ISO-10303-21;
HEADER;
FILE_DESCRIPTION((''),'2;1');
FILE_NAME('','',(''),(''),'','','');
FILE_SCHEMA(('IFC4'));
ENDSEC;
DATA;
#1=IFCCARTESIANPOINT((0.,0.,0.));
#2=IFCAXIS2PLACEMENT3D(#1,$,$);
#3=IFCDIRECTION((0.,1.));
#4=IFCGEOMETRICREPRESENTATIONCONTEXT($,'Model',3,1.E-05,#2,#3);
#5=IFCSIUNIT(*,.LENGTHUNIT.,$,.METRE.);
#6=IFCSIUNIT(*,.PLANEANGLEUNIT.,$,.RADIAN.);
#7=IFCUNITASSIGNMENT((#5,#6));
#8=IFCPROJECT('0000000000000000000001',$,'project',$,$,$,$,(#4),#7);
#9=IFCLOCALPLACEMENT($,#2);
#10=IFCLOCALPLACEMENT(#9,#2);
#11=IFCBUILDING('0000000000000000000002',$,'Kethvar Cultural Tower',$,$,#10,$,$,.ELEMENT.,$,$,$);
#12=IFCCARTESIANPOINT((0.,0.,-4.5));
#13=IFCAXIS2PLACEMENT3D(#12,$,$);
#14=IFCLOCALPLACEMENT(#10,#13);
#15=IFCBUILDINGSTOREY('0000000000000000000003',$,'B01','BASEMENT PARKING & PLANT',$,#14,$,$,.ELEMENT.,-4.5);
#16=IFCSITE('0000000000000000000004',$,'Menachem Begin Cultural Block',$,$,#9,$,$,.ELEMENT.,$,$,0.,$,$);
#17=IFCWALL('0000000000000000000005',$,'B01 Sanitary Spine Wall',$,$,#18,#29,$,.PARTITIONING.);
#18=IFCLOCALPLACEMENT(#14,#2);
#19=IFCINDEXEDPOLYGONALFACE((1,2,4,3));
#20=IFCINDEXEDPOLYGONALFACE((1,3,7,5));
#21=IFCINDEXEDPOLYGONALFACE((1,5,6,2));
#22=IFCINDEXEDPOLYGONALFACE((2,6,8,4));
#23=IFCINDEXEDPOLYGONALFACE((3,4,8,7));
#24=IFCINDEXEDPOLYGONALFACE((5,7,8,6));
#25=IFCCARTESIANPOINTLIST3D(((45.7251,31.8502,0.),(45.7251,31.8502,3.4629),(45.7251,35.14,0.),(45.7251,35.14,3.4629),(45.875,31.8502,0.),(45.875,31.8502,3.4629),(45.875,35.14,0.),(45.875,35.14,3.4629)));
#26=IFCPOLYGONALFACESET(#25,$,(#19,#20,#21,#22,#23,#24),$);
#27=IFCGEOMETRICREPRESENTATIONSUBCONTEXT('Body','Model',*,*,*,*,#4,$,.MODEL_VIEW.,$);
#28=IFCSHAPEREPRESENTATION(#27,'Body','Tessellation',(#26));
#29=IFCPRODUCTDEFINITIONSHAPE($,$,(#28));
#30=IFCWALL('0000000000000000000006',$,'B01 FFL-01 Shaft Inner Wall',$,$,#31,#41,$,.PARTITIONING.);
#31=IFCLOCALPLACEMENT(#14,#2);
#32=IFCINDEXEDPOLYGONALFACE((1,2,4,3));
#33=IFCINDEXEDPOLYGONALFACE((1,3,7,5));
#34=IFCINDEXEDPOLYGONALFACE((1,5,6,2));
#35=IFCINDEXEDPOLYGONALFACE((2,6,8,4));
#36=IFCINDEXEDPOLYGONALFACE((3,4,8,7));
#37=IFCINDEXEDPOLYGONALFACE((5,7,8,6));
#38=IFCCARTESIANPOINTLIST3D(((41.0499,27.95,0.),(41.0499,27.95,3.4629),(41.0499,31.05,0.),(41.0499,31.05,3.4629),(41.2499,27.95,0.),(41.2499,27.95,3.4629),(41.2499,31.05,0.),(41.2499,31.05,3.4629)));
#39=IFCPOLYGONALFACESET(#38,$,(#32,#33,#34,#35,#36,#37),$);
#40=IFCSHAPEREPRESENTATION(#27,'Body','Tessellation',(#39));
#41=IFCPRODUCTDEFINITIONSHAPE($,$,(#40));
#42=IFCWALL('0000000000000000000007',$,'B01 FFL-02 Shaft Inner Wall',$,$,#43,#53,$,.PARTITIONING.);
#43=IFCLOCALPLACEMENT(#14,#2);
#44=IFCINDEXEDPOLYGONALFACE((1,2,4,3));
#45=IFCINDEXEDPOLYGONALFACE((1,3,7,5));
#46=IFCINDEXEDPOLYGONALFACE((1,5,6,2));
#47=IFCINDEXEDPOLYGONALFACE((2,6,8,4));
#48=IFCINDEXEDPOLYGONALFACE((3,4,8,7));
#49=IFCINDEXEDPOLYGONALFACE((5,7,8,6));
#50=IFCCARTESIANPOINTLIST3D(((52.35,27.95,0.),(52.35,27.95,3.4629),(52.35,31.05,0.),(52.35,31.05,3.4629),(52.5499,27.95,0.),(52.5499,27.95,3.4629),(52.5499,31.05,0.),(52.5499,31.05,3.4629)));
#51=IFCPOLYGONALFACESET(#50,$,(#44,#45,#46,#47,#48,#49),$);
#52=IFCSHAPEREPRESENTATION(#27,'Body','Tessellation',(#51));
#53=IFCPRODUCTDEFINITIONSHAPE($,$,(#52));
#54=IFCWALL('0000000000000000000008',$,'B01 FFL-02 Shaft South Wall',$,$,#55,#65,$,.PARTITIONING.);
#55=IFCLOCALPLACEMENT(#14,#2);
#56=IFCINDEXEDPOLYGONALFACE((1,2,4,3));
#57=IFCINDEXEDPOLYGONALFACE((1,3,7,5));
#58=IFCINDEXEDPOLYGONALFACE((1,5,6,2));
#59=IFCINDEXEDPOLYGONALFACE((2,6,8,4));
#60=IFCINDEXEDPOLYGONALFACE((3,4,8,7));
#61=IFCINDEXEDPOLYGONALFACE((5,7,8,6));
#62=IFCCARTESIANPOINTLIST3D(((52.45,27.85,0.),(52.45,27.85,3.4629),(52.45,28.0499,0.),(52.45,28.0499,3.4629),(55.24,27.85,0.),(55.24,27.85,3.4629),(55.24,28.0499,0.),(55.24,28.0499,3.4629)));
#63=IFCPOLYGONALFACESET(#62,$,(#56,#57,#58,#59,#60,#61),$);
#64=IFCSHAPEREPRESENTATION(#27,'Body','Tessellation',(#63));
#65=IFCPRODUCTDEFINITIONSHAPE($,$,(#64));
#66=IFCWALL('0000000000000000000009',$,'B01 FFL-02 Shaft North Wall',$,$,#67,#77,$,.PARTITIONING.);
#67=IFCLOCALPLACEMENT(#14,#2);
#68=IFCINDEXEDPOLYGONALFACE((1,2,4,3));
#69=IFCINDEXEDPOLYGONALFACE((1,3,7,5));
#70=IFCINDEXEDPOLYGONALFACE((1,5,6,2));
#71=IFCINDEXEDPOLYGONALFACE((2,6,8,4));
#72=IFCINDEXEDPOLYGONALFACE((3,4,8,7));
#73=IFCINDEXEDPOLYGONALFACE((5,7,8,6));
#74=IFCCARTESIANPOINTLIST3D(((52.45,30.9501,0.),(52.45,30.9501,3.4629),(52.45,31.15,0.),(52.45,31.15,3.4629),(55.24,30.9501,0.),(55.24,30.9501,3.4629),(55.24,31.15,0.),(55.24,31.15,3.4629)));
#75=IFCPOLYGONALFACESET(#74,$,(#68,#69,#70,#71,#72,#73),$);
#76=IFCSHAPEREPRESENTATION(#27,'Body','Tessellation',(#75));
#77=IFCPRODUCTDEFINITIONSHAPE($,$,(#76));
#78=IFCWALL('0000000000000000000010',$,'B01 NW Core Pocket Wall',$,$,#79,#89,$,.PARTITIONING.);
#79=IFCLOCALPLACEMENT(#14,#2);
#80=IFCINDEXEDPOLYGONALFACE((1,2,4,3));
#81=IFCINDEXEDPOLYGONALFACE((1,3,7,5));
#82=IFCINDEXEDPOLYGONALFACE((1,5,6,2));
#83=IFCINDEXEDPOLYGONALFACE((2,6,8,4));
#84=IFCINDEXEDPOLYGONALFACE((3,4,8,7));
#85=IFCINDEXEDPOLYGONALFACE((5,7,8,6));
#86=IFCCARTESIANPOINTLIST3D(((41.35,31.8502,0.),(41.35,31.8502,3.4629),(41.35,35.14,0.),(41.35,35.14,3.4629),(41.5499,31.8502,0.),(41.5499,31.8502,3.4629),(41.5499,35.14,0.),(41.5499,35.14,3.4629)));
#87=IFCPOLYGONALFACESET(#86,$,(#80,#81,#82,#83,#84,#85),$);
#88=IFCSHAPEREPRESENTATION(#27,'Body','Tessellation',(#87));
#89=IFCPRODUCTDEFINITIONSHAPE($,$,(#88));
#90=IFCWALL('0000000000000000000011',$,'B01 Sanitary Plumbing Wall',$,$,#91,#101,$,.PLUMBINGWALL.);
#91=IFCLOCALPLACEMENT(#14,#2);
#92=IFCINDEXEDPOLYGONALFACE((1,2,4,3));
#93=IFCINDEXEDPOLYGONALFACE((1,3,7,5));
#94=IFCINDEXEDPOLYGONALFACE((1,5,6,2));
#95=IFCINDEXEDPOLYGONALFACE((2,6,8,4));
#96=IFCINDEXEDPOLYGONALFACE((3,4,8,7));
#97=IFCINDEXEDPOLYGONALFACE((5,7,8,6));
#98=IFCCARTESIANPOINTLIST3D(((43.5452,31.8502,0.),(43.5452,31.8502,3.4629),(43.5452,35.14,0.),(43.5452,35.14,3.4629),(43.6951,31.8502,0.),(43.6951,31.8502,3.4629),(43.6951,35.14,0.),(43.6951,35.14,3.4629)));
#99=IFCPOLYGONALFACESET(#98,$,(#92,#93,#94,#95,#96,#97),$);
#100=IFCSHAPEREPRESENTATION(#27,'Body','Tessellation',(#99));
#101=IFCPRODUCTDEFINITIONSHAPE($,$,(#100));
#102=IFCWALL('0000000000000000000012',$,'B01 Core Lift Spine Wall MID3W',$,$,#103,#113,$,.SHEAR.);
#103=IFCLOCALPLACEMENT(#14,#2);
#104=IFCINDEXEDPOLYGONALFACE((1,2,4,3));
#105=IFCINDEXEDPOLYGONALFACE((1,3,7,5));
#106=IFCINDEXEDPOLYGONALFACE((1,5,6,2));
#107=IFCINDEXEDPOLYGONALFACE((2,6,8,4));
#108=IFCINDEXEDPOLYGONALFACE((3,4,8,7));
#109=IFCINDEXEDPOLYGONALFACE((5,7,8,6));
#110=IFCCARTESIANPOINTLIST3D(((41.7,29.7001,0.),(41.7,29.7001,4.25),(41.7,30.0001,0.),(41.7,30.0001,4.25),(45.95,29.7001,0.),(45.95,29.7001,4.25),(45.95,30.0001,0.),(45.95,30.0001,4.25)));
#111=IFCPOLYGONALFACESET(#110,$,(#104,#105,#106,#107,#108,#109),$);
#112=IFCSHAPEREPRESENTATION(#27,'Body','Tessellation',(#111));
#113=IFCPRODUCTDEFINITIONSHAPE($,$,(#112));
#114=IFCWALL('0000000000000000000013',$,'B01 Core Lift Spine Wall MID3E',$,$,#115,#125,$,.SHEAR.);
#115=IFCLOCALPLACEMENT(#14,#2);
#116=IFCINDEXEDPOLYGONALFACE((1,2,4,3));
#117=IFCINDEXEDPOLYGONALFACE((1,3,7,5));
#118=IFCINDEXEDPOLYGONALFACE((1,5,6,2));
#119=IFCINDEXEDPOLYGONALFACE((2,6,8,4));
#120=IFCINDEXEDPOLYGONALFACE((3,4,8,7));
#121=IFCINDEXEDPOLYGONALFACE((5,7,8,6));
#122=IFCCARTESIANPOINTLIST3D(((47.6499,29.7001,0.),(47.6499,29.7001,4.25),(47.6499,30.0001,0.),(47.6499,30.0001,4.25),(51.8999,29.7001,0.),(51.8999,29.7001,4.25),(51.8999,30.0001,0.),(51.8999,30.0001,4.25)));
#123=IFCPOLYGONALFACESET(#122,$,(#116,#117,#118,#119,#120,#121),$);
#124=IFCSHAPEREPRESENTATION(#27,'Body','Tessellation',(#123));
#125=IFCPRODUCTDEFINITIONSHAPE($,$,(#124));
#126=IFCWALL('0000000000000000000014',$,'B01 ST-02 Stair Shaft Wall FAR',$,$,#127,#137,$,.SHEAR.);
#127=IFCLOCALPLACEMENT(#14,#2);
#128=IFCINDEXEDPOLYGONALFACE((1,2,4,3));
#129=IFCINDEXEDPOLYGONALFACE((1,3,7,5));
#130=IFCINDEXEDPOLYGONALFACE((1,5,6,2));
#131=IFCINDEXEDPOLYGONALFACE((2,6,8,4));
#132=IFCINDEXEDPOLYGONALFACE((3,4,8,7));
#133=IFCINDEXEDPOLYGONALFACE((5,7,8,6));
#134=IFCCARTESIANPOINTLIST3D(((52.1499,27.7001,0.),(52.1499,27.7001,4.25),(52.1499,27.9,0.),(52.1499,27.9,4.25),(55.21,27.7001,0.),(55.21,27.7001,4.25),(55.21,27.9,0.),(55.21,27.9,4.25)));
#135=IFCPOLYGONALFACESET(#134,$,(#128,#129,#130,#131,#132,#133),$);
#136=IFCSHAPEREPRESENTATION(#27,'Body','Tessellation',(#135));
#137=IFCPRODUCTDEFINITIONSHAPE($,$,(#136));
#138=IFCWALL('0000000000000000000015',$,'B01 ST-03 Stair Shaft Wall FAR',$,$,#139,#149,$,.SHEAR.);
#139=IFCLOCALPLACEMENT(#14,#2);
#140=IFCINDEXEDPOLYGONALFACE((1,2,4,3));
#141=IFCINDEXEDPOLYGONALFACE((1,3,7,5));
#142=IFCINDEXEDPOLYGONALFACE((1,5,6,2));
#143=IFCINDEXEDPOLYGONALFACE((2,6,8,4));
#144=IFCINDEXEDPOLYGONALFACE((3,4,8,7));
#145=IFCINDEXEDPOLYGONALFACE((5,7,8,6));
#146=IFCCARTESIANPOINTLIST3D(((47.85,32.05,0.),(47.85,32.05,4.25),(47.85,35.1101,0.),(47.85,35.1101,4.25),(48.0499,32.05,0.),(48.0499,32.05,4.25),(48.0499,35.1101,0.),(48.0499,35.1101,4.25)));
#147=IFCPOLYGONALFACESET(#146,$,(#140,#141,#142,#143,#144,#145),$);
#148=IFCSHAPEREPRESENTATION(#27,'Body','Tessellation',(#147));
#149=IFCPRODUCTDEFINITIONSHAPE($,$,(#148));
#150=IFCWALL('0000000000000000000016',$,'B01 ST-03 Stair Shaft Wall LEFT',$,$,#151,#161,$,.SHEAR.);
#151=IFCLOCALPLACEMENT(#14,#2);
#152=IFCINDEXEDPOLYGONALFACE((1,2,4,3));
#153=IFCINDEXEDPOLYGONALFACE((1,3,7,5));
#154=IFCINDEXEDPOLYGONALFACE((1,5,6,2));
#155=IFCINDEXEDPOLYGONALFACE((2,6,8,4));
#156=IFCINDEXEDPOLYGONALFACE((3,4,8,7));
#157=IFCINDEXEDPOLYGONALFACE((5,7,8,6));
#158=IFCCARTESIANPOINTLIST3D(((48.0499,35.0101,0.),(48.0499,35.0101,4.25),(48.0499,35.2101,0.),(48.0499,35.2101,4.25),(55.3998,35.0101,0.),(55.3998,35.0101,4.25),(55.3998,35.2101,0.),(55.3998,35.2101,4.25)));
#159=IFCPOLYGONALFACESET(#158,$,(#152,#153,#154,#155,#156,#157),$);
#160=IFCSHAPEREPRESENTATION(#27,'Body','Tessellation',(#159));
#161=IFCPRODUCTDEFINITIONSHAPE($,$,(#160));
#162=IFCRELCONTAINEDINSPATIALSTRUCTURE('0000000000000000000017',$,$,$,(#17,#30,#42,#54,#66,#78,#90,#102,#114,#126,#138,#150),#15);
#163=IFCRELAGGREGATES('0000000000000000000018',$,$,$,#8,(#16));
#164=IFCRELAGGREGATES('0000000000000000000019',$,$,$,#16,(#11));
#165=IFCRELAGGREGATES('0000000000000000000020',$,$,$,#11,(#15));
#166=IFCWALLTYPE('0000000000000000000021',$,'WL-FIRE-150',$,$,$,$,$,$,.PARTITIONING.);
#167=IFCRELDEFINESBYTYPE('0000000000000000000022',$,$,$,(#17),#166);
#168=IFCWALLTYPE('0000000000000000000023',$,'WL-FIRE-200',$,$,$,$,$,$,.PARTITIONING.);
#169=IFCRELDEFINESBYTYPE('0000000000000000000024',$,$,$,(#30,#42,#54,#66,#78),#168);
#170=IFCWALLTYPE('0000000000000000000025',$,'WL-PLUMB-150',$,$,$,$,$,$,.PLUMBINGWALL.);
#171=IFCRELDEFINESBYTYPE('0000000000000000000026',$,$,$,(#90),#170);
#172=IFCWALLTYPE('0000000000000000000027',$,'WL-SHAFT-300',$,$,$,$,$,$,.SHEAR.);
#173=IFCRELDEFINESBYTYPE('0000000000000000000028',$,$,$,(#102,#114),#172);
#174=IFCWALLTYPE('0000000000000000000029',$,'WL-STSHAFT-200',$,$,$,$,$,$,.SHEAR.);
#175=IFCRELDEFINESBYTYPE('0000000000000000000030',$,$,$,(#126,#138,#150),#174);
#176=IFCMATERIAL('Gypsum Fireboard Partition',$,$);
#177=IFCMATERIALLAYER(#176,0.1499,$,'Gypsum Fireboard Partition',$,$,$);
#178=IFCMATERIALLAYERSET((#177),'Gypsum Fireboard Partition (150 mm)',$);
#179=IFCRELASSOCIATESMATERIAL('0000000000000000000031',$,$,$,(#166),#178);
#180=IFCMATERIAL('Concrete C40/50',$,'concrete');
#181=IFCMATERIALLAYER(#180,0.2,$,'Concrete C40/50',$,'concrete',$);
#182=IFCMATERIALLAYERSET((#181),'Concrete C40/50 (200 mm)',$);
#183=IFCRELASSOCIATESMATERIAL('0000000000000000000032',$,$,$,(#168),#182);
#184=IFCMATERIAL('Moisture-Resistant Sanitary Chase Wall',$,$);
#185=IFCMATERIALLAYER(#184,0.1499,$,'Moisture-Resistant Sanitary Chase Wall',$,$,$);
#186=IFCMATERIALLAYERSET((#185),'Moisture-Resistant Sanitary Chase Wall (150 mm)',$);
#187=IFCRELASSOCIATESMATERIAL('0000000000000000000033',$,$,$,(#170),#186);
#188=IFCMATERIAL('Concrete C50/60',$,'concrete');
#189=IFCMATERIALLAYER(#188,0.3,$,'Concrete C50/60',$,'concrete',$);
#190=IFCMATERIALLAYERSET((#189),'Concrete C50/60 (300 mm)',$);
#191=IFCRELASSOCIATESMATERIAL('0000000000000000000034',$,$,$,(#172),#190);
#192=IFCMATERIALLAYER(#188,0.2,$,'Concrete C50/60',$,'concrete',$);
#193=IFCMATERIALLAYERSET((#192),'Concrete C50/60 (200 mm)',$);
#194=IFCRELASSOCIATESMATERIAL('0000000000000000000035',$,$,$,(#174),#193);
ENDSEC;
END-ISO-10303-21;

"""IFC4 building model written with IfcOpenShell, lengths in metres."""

from ifc_helpers import new_model, si_unit, direction, frame, frame_2d, origin, place, context, subcontext, project, spatial, rectangle, extrude, material, layer, layer_set, type_object, element, save


model = new_model("IFC4")

# Units and contexts
model_context = context("Model", 3, precision=1e-05, world=origin(), true_north=direction((0.0, 1.0)))
body_context = subcontext(model_context, "Body", "Model", "MODEL_VIEW")
ifc_project = project(units=[si_unit("LENGTHUNIT", "METRE"), si_unit("PLANEANGLEUNIT", "RADIAN")], contexts=[model_context])

# Site, building, storey
site_placement = place(None, origin())
site = spatial("IfcSite", under=ifc_project, at=site_placement, Name="Menachem Begin Cultural Block", CompositionType="ELEMENT", RefElevation=0.0)
building_placement = place(site_placement, origin())
building = spatial("IfcBuilding", under=site, at=building_placement, Name="Kethvar Cultural Tower", CompositionType="ELEMENT")
storey_placement = place(building_placement, frame((0.0, 0.0, -4.5)))
storey = spatial("IfcBuildingStorey", under=building, at=storey_placement, Name="B01", Description="BASEMENT PARKING & PLANT", CompositionType="ELEMENT", Elevation=-4.5)

# Walls
ifc_material_1 = material(Name="Gypsum Fireboard Partition")
ifc_layer_1 = layer(ifc_material_1, 0.1499, Name="Gypsum Fireboard Partition")
ifc_layer_set_1 = layer_set([ifc_layer_1], Name="Gypsum Fireboard Partition (150 mm)")
wall_type_1 = type_object("IfcWallType", Name="WL-FIRE-150", PredefinedType="PARTITIONING", material=ifc_layer_set_1)
wall_1_placement = place(storey_placement, frame((45.8, 31.8501, 0.0), z_axis=(0.0, 0.0, 1.0), x_axis=(0.0, 1.0, 0.0)))
element("IfcWall", 1, at=wall_1_placement, inside=storey, type_object=wall_type_1, Name="B01 Sanitary Spine Wall", PredefinedType="PARTITIONING", context=body_context, shape_type="SweptSolid", body=[
    extrude(rectangle(XDim=3.2898, YDim=0.1499, at=frame_2d((1.645, 0.0))), origin(), (0.0, 0.0, 1.0), 3.4629),
])
ifc_material_2 = material(Name="Concrete C40/50", Category="concrete")
ifc_layer_2 = layer(ifc_material_2, 0.2, Name="Concrete C40/50", Category="concrete")
ifc_layer_set_2 = layer_set([ifc_layer_2], Name="Concrete C40/50 (200 mm)")
wall_type_2 = type_object("IfcWallType", Name="WL-FIRE-200", PredefinedType="PARTITIONING", material=ifc_layer_set_2)
for number, where, z_axis, x_axis, name in (
    (2, (41.1499, 27.95, 0.0), (0.0, 0.0, 1.0), (0.0, 1.0, 0.0), "B01 FFL-01 Shaft Inner Wall"),
    (3, (52.45, 27.95, 0.0), (0.0, 0.0, 1.0), (0.0, 1.0, 0.0), "B01 FFL-02 Shaft Inner Wall"),
):
    element("IfcWall", number, at=place(storey_placement, frame(where, z_axis=z_axis, x_axis=x_axis)), inside=storey, type_object=wall_type_2, Name=name, PredefinedType="PARTITIONING", context=body_context, shape_type="SweptSolid", body=[
        extrude(rectangle(XDim=3.1001, YDim=0.2, at=frame_2d((1.55, 0.0))), origin(), (0.0, 0.0, 1.0), 3.4629),
    ])
for number, where, z_axis, x_axis, name in (
    (4, (52.45, 27.95, 0.0), (0.0, 0.0, 1.0), (1.0, 0.0, 0.0), "B01 FFL-02 Shaft South Wall"),
    (5, (52.45, 31.05, 0.0), (0.0, 0.0, 1.0), (1.0, 0.0, 0.0), "B01 FFL-02 Shaft North Wall"),
):
    element("IfcWall", number, at=place(storey_placement, frame(where, z_axis=z_axis, x_axis=x_axis)), inside=storey, type_object=wall_type_2, Name=name, PredefinedType="PARTITIONING", context=body_context, shape_type="SweptSolid", body=[
        extrude(rectangle(XDim=2.79, YDim=0.2, at=frame_2d((1.395, 0.0))), origin(), (0.0, 0.0, 1.0), 3.4629),
    ])
wall_2_placement = place(storey_placement, frame((41.45, 31.8501, 0.0), z_axis=(0.0, 0.0, 1.0), x_axis=(0.0, 1.0, 0.0)))
element("IfcWall", 6, at=wall_2_placement, inside=storey, type_object=wall_type_2, Name="B01 NW Core Pocket Wall", PredefinedType="PARTITIONING", context=body_context, shape_type="SweptSolid", body=[
    extrude(rectangle(XDim=3.2898, YDim=0.2, at=frame_2d((1.645, 0.0))), origin(), (0.0, 0.0, 1.0), 3.4629),
])
ifc_material_3 = material(Name="Moisture-Resistant Sanitary Chase Wall")
ifc_layer_3 = layer(ifc_material_3, 0.1499, Name="Moisture-Resistant Sanitary Chase Wall")
ifc_layer_set_3 = layer_set([ifc_layer_3], Name="Moisture-Resistant Sanitary Chase Wall (150 mm)")
wall_type_3 = type_object("IfcWallType", Name="WL-PLUMB-150", PredefinedType="PLUMBINGWALL", material=ifc_layer_set_3)
wall_3_placement = place(storey_placement, frame((43.6201, 31.8501, 0.0), z_axis=(0.0, 0.0, 1.0), x_axis=(0.0, 1.0, 0.0)))
element("IfcWall", 7, at=wall_3_placement, inside=storey, type_object=wall_type_3, Name="B01 Sanitary Plumbing Wall", PredefinedType="PLUMBINGWALL", context=body_context, shape_type="SweptSolid", body=[
    extrude(rectangle(XDim=3.2898, YDim=0.1499, at=frame_2d((1.645, 0.0))), origin(), (0.0, 0.0, 1.0), 3.4629),
])
ifc_material_4 = material(Name="Concrete C50/60", Category="concrete")
ifc_layer_4 = layer(ifc_material_4, 0.3, Name="Concrete C50/60", Category="concrete")
ifc_layer_set_4 = layer_set([ifc_layer_4], Name="Concrete C50/60 (300 mm)")
wall_type_4 = type_object("IfcWallType", Name="WL-SHAFT-300", PredefinedType="SHEAR", material=ifc_layer_set_4)
for number, where, z_axis, x_axis, name in (
    (8, (41.7, 29.8501, 0.0), (0.0, 0.0, 1.0), (1.0, 0.0, 0.0), "B01 Core Lift Spine Wall MID3W"),
    (9, (47.6499, 29.8501, 0.0), (0.0, 0.0, 1.0), (1.0, 0.0, 0.0), "B01 Core Lift Spine Wall MID3E"),
):
    element("IfcWall", number, at=place(storey_placement, frame(where, z_axis=z_axis, x_axis=x_axis)), inside=storey, type_object=wall_type_4, Name=name, PredefinedType="SHEAR", context=body_context, shape_type="SweptSolid", body=[
        extrude(rectangle(XDim=4.25, YDim=0.3, at=frame_2d((2.125, 0.0))), origin(), (0.0, 0.0, 1.0), 4.25),
    ])
ifc_layer_5 = layer(ifc_material_4, 0.2, Name="Concrete C50/60", Category="concrete")
ifc_layer_set_5 = layer_set([ifc_layer_5], Name="Concrete C50/60 (200 mm)")
wall_type_5 = type_object("IfcWallType", Name="WL-STSHAFT-200", PredefinedType="SHEAR", material=ifc_layer_set_5)
for number, where, z_axis, x_axis, name in (
    (10, (52.1499, 27.8, 0.0), (0.0, 0.0, 1.0), (1.0, 0.0, 0.0), "B01 ST-02 Stair Shaft Wall FAR"),
    (11, (47.95, 32.05, 0.0), (0.0, 0.0, 1.0), (0.0, 1.0, 0.0), "B01 ST-03 Stair Shaft Wall FAR"),
):
    element("IfcWall", number, at=place(storey_placement, frame(where, z_axis=z_axis, x_axis=x_axis)), inside=storey, type_object=wall_type_5, Name=name, PredefinedType="SHEAR", context=body_context, shape_type="SweptSolid", body=[
        extrude(rectangle(XDim=3.0601, YDim=0.2, at=frame_2d((1.53, 0.0))), origin(), (0.0, 0.0, 1.0), 4.25),
    ])
wall_4_placement = place(storey_placement, frame((48.05, 35.1101, 0.0), z_axis=(0.0, 0.0, 1.0), x_axis=(1.0, 0.0, 0.0)))
element("IfcWall", 12, at=wall_4_placement, inside=storey, type_object=wall_type_5, Name="B01 ST-03 Stair Shaft Wall LEFT", PredefinedType="SHEAR", context=body_context, shape_type="SweptSolid", body=[
    extrude(rectangle(XDim=7.3499, YDim=0.2, at=frame_2d((3.6748, 0.0))), origin(), (0.0, 0.0, 1.0), 4.25),
])

save(model, "model.ifc")
